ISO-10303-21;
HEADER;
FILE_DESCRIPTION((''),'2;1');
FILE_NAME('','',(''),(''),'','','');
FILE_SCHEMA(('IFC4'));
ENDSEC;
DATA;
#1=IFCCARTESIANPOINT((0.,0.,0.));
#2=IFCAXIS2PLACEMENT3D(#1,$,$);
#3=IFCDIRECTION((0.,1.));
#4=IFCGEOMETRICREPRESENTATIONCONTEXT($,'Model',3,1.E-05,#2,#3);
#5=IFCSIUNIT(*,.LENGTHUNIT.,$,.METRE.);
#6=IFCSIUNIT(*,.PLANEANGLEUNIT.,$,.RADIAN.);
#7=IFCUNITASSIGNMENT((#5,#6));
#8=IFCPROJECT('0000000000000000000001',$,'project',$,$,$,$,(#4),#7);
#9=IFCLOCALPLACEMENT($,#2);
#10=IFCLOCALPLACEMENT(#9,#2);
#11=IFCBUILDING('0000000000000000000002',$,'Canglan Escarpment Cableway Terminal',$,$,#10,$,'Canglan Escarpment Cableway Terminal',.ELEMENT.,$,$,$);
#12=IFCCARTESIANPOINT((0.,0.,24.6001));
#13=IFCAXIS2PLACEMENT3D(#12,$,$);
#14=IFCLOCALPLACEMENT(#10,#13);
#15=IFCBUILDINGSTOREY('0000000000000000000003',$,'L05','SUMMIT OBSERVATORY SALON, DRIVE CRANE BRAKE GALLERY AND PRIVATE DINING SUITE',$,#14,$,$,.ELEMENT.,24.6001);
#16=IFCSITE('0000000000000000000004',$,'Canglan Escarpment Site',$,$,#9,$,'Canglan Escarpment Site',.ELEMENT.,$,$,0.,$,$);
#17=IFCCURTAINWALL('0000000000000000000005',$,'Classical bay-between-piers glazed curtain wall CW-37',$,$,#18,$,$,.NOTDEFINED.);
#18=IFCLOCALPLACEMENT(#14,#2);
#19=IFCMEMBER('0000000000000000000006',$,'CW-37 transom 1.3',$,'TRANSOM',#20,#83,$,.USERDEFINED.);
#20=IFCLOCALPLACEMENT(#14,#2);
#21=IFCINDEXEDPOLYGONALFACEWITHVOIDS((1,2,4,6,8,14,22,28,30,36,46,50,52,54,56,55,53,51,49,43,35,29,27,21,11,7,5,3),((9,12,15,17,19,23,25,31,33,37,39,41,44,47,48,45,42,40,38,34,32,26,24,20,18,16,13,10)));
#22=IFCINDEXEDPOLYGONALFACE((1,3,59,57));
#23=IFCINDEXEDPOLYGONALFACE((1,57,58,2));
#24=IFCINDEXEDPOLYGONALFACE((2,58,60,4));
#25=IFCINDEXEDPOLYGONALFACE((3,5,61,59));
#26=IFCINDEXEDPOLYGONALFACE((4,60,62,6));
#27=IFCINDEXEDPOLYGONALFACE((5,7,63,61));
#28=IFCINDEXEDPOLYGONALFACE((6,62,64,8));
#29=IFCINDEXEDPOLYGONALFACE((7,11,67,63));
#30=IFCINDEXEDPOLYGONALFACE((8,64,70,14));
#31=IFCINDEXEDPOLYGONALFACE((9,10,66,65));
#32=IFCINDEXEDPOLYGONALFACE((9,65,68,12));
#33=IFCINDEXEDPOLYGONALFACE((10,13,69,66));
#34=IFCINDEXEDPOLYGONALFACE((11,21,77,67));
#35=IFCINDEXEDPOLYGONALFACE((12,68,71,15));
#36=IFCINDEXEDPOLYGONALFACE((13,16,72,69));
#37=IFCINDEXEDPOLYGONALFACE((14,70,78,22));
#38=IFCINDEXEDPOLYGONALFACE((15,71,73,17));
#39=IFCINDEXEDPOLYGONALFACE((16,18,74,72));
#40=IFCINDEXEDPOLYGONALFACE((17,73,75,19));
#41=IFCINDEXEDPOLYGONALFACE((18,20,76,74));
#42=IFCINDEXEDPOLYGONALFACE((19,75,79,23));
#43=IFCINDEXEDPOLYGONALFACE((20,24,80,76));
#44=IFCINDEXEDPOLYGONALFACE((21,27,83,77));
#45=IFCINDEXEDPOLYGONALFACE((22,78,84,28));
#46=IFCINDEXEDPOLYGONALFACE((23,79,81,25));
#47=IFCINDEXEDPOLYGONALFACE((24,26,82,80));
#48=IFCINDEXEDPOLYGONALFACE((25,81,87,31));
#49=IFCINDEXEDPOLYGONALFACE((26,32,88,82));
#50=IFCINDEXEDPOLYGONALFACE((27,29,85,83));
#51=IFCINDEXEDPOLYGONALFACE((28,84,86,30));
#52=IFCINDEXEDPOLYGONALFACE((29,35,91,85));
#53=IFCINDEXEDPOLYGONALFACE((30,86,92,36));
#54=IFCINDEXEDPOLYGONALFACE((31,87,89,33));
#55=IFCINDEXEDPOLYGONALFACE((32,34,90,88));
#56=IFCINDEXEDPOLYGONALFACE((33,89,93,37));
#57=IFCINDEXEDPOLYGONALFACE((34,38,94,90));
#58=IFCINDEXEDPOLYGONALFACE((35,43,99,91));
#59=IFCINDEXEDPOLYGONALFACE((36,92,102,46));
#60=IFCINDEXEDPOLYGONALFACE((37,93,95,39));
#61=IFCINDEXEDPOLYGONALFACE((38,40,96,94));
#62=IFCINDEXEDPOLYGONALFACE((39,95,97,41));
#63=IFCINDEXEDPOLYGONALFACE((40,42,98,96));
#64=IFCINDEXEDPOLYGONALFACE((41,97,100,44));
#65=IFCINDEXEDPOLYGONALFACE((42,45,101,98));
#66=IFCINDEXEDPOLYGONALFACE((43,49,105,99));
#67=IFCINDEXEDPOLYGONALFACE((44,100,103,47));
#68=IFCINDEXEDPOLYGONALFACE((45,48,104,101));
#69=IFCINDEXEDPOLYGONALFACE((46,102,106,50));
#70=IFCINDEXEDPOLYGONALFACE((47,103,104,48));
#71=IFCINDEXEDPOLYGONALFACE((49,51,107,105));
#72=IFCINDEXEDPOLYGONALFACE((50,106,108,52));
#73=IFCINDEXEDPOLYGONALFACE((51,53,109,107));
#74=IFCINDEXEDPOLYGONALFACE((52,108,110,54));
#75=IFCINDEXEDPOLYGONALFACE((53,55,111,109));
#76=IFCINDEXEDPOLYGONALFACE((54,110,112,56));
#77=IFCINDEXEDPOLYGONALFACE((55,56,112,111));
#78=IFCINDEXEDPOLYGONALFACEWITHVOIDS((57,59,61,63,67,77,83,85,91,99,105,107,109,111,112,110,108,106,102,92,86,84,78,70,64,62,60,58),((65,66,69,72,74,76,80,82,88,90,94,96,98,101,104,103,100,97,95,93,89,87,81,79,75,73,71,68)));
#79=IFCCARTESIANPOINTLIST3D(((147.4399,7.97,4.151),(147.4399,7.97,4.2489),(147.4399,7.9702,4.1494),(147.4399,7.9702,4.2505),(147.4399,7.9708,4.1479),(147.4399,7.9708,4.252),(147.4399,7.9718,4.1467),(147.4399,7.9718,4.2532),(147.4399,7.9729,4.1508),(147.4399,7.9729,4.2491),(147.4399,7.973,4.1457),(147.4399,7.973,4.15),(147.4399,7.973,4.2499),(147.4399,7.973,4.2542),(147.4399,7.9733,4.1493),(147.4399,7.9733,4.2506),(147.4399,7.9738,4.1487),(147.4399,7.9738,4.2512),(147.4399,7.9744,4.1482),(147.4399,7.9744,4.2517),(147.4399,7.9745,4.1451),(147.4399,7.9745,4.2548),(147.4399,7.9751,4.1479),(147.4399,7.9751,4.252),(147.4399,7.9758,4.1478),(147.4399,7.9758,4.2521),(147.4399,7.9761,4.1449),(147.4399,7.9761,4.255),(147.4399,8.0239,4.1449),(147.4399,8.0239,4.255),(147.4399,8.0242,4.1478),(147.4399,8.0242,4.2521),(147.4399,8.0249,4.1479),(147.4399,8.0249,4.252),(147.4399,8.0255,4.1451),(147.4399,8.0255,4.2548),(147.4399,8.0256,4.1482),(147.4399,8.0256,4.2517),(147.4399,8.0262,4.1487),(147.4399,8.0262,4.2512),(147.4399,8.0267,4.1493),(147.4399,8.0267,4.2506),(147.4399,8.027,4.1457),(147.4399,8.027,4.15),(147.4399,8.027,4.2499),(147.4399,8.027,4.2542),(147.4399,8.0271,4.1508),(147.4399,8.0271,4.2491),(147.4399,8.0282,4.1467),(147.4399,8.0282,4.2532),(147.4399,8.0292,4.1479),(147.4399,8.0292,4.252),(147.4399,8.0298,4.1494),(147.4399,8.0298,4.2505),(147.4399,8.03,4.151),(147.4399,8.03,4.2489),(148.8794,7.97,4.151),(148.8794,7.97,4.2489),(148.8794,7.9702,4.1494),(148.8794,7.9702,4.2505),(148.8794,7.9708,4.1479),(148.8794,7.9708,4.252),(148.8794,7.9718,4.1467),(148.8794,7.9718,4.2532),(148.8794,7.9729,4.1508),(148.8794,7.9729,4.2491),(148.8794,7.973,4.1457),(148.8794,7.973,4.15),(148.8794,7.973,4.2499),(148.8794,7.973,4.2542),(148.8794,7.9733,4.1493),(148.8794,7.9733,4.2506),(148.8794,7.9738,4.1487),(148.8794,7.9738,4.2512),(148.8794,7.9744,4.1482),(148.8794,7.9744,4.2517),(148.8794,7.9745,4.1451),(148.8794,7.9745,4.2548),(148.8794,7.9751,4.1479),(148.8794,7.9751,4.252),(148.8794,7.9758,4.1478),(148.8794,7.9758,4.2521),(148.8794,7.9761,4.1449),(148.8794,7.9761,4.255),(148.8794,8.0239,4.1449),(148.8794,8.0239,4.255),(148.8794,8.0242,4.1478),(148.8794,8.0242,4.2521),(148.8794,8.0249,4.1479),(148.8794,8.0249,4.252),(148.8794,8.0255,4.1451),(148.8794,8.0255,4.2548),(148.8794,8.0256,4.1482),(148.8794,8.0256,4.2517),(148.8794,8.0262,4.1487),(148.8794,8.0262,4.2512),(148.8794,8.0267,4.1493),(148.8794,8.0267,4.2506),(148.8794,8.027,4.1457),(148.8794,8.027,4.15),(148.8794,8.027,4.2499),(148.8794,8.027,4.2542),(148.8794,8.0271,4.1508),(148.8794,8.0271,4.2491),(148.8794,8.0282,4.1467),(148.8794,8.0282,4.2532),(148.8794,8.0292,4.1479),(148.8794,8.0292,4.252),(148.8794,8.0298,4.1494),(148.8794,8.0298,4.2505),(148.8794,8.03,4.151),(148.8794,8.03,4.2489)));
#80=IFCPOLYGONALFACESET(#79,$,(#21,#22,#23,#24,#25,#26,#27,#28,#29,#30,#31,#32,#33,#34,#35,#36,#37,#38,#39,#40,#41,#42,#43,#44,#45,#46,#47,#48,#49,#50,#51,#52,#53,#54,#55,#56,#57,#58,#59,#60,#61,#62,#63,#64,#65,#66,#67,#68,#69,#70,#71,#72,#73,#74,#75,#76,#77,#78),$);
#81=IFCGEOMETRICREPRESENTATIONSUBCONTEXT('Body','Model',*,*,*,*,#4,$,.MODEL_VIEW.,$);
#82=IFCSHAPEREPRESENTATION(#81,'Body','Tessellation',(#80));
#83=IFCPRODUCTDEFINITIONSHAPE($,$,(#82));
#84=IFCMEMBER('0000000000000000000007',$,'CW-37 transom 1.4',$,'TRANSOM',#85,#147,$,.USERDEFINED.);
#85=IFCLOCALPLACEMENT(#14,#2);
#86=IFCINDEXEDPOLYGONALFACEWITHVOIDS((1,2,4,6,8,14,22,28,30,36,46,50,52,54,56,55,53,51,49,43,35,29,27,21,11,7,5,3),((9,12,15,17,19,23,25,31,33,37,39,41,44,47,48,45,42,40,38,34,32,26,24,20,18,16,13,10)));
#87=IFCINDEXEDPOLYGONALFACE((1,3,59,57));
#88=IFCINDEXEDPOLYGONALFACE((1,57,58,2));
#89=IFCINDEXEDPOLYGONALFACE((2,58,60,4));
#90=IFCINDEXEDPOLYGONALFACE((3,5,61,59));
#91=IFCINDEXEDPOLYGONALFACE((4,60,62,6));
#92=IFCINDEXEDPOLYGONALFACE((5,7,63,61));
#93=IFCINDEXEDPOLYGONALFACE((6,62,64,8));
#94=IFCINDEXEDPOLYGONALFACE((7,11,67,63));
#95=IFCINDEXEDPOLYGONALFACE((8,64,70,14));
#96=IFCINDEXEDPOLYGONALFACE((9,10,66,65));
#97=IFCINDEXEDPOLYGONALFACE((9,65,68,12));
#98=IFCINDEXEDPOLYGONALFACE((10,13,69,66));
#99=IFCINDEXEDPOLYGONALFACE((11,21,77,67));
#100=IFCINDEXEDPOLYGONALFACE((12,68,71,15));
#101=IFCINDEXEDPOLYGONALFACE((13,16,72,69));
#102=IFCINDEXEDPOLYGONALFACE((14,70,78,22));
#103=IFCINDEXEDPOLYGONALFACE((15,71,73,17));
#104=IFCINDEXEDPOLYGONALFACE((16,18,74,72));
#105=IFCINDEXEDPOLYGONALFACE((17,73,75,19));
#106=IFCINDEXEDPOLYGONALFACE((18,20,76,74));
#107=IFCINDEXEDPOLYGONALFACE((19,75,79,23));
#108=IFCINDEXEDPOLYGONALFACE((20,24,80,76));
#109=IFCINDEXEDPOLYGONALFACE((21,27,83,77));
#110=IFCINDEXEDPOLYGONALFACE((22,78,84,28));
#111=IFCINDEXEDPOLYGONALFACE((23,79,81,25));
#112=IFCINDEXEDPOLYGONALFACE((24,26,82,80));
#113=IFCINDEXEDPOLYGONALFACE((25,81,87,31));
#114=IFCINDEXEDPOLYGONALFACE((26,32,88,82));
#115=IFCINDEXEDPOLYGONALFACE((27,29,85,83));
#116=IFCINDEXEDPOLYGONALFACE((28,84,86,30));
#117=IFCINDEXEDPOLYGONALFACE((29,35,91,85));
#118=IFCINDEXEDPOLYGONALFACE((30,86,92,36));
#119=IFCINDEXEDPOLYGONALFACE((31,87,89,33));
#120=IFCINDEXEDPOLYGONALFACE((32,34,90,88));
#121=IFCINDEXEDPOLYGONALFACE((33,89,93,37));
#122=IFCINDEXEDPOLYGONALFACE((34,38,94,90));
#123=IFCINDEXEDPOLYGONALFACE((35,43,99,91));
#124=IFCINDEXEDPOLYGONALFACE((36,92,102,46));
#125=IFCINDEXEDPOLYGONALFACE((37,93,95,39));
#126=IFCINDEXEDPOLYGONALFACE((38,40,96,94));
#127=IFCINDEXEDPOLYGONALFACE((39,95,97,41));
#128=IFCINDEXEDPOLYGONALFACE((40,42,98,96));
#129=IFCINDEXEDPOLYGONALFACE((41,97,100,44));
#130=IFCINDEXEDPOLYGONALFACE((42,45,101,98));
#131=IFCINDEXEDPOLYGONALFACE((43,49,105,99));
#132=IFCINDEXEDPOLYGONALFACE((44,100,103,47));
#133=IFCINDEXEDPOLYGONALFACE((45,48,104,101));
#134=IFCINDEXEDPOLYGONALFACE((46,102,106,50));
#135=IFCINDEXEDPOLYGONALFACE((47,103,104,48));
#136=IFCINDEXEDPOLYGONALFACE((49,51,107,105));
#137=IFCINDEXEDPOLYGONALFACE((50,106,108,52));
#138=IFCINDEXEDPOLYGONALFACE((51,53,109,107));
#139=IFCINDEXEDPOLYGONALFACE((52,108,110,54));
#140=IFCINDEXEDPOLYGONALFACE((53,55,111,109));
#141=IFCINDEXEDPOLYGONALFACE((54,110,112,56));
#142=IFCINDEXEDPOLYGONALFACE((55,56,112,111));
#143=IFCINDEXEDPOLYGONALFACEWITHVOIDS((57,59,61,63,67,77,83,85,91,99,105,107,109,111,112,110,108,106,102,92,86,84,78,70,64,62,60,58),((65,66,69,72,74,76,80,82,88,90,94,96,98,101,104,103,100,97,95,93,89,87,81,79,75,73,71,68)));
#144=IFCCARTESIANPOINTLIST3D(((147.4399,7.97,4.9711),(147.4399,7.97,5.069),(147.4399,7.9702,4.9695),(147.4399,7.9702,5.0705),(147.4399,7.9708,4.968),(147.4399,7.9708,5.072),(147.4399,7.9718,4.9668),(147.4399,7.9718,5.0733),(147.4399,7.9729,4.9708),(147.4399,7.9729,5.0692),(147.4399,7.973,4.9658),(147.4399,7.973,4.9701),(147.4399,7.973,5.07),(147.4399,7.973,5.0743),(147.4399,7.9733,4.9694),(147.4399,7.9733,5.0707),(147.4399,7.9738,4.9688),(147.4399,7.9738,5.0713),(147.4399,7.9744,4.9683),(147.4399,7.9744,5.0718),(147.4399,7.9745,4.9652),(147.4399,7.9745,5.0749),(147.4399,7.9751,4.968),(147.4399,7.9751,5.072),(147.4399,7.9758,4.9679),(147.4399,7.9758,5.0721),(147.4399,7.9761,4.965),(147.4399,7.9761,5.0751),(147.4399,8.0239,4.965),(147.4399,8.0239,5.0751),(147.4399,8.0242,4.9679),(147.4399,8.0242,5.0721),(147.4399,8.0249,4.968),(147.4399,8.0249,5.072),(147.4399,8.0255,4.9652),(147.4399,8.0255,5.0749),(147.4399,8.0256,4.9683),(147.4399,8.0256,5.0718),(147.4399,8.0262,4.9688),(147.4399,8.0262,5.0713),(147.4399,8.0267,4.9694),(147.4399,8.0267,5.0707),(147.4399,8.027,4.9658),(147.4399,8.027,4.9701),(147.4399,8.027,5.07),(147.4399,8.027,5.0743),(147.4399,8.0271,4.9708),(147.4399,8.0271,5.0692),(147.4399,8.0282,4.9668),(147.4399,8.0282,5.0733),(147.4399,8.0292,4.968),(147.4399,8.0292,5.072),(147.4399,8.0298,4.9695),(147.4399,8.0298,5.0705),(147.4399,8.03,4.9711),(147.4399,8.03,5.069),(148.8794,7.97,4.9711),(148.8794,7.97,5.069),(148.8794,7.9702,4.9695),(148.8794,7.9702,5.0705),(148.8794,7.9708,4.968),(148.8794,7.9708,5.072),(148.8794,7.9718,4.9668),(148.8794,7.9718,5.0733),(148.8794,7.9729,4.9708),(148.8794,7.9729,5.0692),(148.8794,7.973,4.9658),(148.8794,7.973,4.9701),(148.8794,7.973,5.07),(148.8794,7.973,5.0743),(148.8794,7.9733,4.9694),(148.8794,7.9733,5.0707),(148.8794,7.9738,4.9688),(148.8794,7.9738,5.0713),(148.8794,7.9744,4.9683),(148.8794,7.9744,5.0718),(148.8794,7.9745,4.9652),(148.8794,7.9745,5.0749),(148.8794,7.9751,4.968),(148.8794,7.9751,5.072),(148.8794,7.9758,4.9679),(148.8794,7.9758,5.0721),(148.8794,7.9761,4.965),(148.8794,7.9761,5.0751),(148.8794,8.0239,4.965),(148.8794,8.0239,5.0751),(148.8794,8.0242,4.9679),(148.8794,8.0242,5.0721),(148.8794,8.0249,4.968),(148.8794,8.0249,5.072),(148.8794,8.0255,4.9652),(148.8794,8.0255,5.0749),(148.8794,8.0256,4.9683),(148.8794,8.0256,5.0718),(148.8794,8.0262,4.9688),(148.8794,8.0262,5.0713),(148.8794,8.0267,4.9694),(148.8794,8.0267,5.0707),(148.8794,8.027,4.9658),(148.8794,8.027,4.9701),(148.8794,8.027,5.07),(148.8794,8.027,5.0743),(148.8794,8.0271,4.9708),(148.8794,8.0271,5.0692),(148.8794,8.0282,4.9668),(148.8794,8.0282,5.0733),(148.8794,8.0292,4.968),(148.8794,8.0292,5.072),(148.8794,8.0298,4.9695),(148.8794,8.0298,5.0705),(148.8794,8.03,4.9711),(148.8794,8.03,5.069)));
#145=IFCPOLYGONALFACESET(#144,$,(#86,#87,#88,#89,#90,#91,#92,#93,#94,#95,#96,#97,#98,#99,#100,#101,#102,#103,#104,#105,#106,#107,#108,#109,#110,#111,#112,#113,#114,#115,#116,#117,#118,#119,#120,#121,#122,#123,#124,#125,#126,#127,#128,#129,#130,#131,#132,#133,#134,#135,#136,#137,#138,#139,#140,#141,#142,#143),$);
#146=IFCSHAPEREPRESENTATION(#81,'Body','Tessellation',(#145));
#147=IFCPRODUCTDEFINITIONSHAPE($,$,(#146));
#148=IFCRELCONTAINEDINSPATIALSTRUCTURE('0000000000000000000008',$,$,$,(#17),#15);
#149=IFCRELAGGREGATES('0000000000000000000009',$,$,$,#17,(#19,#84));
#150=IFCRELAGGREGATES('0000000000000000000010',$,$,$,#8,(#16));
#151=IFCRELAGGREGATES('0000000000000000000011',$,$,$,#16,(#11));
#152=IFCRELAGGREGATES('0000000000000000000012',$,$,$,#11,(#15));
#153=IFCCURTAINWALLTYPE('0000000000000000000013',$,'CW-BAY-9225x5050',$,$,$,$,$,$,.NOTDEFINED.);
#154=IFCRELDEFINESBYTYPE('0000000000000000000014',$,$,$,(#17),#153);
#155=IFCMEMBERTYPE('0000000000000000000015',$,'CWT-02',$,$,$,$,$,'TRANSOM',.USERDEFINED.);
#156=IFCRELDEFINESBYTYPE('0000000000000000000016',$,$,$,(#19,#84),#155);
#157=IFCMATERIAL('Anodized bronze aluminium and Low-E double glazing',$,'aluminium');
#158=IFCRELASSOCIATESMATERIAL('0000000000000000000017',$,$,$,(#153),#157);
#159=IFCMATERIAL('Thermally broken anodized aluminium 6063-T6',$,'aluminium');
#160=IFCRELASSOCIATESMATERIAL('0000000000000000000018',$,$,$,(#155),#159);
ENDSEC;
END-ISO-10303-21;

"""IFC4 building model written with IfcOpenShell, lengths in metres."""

from ifc_helpers import new_model, si_unit, direction, frame, origin, origin_2d, place, context, subcontext, project, spatial, hollow_rectangle, extrude, material, material_profile, profile_set, type_object, element, aggregate, save


model = new_model("IFC4")

# Units and contexts
model_context = context("Model", 3, precision=1e-05, world=origin(), true_north=direction((0.0, 1.0)))
body_context = subcontext(model_context, "Body", "Model", "MODEL_VIEW")
ifc_project = project(units=[si_unit("LENGTHUNIT", "METRE"), si_unit("PLANEANGLEUNIT", "RADIAN")], contexts=[model_context])

# Site, building, storey
site_placement = place(None, origin())
site = spatial("IfcSite", under=ifc_project, at=site_placement, Name="Canglan Escarpment Site", LongName="Canglan Escarpment Site", CompositionType="ELEMENT", RefElevation=0.0)
building_placement = place(site_placement, origin())
building = spatial("IfcBuilding", under=site, at=building_placement, Name="Canglan Escarpment Cableway Terminal", LongName="Canglan Escarpment Cableway Terminal", CompositionType="ELEMENT")
storey_placement = place(building_placement, frame((0.0, 0.0, 24.6001)))
storey = spatial("IfcBuildingStorey", under=building, at=storey_placement, Name="L05", Description="SUMMIT OBSERVATORY SALON, DRIVE CRANE BRAKE GALLERY AND PRIVATE DINING SUITE", CompositionType="ELEMENT", Elevation=24.6001)

# Curtain wall, members
ifc_material_1 = material(Name="Anodized bronze aluminium and Low-E double glazing", Category="aluminium")
curtain_wall_type = type_object("IfcCurtainWallType", Name="CW-BAY-9225x5050", PredefinedType="NOTDEFINED", material=ifc_material_1)
curtain_wall_placement = place(storey_placement, origin())
curtain_wall = element("IfcCurtainWall", 1, at=curtain_wall_placement, inside=storey, type_object=curtain_wall_type, Name="Classical bay-between-piers glazed curtain wall CW-37", PredefinedType="NOTDEFINED")
ifc_material_2 = material(Name="Thermally broken anodized aluminium 6063-T6", Category="aluminium")
ifc_material_profile_1 = material_profile(ifc_material_2, hollow_rectangle(XDim=0.0601, YDim=0.1101, WallThickness=0.0029, InnerFilletRadius=0.0029, OuterFilletRadius=0.0061, at=origin_2d()), Name="ALU-TRAN 60x110x3")
ifc_profile_set_1 = profile_set([ifc_material_profile_1], Name="Thermally broken anodized aluminium 6063-T6")
member_type_1 = type_object("IfcMemberType", Name="CWT-02", ElementType="TRANSOM", PredefinedType="USERDEFINED", material=ifc_profile_set_1)
member_1_placement = place(storey_placement, frame((147.4399, 8.0, 4.2), z_axis=(1.0, 0.0, 0.0), x_axis=(0.0, 1.0, 0.0)))
member_1 = element("IfcMember", 2, at=member_1_placement, type_object=member_type_1, Name="CW-37 transom 1.3", ObjectType="TRANSOM", PredefinedType="USERDEFINED", context=body_context, shape_type="SweptSolid", body=[
    extrude(hollow_rectangle(XDim=0.0601, YDim=0.1101, WallThickness=0.0029, InnerFilletRadius=0.0029, OuterFilletRadius=0.0061, at=origin_2d()), origin(), (0.0, 0.0, 1.0), 1.4395),
])
member_2_placement = place(storey_placement, frame((147.4399, 8.0, 5.02), z_axis=(1.0, 0.0, 0.0), x_axis=(0.0, 1.0, 0.0)))
member_2 = element("IfcMember", 3, at=member_2_placement, type_object=member_type_1, Name="CW-37 transom 1.4", ObjectType="TRANSOM", PredefinedType="USERDEFINED", context=body_context, shape_type="SweptSolid", body=[
    extrude(hollow_rectangle(XDim=0.0601, YDim=0.1101, WallThickness=0.0029, InnerFilletRadius=0.0029, OuterFilletRadius=0.0061, at=origin_2d()), origin(), (0.0, 0.0, 1.0), 1.4395),
])

aggregate(curtain_wall, [member_1, member_2])

save(model, "model.ifc")
